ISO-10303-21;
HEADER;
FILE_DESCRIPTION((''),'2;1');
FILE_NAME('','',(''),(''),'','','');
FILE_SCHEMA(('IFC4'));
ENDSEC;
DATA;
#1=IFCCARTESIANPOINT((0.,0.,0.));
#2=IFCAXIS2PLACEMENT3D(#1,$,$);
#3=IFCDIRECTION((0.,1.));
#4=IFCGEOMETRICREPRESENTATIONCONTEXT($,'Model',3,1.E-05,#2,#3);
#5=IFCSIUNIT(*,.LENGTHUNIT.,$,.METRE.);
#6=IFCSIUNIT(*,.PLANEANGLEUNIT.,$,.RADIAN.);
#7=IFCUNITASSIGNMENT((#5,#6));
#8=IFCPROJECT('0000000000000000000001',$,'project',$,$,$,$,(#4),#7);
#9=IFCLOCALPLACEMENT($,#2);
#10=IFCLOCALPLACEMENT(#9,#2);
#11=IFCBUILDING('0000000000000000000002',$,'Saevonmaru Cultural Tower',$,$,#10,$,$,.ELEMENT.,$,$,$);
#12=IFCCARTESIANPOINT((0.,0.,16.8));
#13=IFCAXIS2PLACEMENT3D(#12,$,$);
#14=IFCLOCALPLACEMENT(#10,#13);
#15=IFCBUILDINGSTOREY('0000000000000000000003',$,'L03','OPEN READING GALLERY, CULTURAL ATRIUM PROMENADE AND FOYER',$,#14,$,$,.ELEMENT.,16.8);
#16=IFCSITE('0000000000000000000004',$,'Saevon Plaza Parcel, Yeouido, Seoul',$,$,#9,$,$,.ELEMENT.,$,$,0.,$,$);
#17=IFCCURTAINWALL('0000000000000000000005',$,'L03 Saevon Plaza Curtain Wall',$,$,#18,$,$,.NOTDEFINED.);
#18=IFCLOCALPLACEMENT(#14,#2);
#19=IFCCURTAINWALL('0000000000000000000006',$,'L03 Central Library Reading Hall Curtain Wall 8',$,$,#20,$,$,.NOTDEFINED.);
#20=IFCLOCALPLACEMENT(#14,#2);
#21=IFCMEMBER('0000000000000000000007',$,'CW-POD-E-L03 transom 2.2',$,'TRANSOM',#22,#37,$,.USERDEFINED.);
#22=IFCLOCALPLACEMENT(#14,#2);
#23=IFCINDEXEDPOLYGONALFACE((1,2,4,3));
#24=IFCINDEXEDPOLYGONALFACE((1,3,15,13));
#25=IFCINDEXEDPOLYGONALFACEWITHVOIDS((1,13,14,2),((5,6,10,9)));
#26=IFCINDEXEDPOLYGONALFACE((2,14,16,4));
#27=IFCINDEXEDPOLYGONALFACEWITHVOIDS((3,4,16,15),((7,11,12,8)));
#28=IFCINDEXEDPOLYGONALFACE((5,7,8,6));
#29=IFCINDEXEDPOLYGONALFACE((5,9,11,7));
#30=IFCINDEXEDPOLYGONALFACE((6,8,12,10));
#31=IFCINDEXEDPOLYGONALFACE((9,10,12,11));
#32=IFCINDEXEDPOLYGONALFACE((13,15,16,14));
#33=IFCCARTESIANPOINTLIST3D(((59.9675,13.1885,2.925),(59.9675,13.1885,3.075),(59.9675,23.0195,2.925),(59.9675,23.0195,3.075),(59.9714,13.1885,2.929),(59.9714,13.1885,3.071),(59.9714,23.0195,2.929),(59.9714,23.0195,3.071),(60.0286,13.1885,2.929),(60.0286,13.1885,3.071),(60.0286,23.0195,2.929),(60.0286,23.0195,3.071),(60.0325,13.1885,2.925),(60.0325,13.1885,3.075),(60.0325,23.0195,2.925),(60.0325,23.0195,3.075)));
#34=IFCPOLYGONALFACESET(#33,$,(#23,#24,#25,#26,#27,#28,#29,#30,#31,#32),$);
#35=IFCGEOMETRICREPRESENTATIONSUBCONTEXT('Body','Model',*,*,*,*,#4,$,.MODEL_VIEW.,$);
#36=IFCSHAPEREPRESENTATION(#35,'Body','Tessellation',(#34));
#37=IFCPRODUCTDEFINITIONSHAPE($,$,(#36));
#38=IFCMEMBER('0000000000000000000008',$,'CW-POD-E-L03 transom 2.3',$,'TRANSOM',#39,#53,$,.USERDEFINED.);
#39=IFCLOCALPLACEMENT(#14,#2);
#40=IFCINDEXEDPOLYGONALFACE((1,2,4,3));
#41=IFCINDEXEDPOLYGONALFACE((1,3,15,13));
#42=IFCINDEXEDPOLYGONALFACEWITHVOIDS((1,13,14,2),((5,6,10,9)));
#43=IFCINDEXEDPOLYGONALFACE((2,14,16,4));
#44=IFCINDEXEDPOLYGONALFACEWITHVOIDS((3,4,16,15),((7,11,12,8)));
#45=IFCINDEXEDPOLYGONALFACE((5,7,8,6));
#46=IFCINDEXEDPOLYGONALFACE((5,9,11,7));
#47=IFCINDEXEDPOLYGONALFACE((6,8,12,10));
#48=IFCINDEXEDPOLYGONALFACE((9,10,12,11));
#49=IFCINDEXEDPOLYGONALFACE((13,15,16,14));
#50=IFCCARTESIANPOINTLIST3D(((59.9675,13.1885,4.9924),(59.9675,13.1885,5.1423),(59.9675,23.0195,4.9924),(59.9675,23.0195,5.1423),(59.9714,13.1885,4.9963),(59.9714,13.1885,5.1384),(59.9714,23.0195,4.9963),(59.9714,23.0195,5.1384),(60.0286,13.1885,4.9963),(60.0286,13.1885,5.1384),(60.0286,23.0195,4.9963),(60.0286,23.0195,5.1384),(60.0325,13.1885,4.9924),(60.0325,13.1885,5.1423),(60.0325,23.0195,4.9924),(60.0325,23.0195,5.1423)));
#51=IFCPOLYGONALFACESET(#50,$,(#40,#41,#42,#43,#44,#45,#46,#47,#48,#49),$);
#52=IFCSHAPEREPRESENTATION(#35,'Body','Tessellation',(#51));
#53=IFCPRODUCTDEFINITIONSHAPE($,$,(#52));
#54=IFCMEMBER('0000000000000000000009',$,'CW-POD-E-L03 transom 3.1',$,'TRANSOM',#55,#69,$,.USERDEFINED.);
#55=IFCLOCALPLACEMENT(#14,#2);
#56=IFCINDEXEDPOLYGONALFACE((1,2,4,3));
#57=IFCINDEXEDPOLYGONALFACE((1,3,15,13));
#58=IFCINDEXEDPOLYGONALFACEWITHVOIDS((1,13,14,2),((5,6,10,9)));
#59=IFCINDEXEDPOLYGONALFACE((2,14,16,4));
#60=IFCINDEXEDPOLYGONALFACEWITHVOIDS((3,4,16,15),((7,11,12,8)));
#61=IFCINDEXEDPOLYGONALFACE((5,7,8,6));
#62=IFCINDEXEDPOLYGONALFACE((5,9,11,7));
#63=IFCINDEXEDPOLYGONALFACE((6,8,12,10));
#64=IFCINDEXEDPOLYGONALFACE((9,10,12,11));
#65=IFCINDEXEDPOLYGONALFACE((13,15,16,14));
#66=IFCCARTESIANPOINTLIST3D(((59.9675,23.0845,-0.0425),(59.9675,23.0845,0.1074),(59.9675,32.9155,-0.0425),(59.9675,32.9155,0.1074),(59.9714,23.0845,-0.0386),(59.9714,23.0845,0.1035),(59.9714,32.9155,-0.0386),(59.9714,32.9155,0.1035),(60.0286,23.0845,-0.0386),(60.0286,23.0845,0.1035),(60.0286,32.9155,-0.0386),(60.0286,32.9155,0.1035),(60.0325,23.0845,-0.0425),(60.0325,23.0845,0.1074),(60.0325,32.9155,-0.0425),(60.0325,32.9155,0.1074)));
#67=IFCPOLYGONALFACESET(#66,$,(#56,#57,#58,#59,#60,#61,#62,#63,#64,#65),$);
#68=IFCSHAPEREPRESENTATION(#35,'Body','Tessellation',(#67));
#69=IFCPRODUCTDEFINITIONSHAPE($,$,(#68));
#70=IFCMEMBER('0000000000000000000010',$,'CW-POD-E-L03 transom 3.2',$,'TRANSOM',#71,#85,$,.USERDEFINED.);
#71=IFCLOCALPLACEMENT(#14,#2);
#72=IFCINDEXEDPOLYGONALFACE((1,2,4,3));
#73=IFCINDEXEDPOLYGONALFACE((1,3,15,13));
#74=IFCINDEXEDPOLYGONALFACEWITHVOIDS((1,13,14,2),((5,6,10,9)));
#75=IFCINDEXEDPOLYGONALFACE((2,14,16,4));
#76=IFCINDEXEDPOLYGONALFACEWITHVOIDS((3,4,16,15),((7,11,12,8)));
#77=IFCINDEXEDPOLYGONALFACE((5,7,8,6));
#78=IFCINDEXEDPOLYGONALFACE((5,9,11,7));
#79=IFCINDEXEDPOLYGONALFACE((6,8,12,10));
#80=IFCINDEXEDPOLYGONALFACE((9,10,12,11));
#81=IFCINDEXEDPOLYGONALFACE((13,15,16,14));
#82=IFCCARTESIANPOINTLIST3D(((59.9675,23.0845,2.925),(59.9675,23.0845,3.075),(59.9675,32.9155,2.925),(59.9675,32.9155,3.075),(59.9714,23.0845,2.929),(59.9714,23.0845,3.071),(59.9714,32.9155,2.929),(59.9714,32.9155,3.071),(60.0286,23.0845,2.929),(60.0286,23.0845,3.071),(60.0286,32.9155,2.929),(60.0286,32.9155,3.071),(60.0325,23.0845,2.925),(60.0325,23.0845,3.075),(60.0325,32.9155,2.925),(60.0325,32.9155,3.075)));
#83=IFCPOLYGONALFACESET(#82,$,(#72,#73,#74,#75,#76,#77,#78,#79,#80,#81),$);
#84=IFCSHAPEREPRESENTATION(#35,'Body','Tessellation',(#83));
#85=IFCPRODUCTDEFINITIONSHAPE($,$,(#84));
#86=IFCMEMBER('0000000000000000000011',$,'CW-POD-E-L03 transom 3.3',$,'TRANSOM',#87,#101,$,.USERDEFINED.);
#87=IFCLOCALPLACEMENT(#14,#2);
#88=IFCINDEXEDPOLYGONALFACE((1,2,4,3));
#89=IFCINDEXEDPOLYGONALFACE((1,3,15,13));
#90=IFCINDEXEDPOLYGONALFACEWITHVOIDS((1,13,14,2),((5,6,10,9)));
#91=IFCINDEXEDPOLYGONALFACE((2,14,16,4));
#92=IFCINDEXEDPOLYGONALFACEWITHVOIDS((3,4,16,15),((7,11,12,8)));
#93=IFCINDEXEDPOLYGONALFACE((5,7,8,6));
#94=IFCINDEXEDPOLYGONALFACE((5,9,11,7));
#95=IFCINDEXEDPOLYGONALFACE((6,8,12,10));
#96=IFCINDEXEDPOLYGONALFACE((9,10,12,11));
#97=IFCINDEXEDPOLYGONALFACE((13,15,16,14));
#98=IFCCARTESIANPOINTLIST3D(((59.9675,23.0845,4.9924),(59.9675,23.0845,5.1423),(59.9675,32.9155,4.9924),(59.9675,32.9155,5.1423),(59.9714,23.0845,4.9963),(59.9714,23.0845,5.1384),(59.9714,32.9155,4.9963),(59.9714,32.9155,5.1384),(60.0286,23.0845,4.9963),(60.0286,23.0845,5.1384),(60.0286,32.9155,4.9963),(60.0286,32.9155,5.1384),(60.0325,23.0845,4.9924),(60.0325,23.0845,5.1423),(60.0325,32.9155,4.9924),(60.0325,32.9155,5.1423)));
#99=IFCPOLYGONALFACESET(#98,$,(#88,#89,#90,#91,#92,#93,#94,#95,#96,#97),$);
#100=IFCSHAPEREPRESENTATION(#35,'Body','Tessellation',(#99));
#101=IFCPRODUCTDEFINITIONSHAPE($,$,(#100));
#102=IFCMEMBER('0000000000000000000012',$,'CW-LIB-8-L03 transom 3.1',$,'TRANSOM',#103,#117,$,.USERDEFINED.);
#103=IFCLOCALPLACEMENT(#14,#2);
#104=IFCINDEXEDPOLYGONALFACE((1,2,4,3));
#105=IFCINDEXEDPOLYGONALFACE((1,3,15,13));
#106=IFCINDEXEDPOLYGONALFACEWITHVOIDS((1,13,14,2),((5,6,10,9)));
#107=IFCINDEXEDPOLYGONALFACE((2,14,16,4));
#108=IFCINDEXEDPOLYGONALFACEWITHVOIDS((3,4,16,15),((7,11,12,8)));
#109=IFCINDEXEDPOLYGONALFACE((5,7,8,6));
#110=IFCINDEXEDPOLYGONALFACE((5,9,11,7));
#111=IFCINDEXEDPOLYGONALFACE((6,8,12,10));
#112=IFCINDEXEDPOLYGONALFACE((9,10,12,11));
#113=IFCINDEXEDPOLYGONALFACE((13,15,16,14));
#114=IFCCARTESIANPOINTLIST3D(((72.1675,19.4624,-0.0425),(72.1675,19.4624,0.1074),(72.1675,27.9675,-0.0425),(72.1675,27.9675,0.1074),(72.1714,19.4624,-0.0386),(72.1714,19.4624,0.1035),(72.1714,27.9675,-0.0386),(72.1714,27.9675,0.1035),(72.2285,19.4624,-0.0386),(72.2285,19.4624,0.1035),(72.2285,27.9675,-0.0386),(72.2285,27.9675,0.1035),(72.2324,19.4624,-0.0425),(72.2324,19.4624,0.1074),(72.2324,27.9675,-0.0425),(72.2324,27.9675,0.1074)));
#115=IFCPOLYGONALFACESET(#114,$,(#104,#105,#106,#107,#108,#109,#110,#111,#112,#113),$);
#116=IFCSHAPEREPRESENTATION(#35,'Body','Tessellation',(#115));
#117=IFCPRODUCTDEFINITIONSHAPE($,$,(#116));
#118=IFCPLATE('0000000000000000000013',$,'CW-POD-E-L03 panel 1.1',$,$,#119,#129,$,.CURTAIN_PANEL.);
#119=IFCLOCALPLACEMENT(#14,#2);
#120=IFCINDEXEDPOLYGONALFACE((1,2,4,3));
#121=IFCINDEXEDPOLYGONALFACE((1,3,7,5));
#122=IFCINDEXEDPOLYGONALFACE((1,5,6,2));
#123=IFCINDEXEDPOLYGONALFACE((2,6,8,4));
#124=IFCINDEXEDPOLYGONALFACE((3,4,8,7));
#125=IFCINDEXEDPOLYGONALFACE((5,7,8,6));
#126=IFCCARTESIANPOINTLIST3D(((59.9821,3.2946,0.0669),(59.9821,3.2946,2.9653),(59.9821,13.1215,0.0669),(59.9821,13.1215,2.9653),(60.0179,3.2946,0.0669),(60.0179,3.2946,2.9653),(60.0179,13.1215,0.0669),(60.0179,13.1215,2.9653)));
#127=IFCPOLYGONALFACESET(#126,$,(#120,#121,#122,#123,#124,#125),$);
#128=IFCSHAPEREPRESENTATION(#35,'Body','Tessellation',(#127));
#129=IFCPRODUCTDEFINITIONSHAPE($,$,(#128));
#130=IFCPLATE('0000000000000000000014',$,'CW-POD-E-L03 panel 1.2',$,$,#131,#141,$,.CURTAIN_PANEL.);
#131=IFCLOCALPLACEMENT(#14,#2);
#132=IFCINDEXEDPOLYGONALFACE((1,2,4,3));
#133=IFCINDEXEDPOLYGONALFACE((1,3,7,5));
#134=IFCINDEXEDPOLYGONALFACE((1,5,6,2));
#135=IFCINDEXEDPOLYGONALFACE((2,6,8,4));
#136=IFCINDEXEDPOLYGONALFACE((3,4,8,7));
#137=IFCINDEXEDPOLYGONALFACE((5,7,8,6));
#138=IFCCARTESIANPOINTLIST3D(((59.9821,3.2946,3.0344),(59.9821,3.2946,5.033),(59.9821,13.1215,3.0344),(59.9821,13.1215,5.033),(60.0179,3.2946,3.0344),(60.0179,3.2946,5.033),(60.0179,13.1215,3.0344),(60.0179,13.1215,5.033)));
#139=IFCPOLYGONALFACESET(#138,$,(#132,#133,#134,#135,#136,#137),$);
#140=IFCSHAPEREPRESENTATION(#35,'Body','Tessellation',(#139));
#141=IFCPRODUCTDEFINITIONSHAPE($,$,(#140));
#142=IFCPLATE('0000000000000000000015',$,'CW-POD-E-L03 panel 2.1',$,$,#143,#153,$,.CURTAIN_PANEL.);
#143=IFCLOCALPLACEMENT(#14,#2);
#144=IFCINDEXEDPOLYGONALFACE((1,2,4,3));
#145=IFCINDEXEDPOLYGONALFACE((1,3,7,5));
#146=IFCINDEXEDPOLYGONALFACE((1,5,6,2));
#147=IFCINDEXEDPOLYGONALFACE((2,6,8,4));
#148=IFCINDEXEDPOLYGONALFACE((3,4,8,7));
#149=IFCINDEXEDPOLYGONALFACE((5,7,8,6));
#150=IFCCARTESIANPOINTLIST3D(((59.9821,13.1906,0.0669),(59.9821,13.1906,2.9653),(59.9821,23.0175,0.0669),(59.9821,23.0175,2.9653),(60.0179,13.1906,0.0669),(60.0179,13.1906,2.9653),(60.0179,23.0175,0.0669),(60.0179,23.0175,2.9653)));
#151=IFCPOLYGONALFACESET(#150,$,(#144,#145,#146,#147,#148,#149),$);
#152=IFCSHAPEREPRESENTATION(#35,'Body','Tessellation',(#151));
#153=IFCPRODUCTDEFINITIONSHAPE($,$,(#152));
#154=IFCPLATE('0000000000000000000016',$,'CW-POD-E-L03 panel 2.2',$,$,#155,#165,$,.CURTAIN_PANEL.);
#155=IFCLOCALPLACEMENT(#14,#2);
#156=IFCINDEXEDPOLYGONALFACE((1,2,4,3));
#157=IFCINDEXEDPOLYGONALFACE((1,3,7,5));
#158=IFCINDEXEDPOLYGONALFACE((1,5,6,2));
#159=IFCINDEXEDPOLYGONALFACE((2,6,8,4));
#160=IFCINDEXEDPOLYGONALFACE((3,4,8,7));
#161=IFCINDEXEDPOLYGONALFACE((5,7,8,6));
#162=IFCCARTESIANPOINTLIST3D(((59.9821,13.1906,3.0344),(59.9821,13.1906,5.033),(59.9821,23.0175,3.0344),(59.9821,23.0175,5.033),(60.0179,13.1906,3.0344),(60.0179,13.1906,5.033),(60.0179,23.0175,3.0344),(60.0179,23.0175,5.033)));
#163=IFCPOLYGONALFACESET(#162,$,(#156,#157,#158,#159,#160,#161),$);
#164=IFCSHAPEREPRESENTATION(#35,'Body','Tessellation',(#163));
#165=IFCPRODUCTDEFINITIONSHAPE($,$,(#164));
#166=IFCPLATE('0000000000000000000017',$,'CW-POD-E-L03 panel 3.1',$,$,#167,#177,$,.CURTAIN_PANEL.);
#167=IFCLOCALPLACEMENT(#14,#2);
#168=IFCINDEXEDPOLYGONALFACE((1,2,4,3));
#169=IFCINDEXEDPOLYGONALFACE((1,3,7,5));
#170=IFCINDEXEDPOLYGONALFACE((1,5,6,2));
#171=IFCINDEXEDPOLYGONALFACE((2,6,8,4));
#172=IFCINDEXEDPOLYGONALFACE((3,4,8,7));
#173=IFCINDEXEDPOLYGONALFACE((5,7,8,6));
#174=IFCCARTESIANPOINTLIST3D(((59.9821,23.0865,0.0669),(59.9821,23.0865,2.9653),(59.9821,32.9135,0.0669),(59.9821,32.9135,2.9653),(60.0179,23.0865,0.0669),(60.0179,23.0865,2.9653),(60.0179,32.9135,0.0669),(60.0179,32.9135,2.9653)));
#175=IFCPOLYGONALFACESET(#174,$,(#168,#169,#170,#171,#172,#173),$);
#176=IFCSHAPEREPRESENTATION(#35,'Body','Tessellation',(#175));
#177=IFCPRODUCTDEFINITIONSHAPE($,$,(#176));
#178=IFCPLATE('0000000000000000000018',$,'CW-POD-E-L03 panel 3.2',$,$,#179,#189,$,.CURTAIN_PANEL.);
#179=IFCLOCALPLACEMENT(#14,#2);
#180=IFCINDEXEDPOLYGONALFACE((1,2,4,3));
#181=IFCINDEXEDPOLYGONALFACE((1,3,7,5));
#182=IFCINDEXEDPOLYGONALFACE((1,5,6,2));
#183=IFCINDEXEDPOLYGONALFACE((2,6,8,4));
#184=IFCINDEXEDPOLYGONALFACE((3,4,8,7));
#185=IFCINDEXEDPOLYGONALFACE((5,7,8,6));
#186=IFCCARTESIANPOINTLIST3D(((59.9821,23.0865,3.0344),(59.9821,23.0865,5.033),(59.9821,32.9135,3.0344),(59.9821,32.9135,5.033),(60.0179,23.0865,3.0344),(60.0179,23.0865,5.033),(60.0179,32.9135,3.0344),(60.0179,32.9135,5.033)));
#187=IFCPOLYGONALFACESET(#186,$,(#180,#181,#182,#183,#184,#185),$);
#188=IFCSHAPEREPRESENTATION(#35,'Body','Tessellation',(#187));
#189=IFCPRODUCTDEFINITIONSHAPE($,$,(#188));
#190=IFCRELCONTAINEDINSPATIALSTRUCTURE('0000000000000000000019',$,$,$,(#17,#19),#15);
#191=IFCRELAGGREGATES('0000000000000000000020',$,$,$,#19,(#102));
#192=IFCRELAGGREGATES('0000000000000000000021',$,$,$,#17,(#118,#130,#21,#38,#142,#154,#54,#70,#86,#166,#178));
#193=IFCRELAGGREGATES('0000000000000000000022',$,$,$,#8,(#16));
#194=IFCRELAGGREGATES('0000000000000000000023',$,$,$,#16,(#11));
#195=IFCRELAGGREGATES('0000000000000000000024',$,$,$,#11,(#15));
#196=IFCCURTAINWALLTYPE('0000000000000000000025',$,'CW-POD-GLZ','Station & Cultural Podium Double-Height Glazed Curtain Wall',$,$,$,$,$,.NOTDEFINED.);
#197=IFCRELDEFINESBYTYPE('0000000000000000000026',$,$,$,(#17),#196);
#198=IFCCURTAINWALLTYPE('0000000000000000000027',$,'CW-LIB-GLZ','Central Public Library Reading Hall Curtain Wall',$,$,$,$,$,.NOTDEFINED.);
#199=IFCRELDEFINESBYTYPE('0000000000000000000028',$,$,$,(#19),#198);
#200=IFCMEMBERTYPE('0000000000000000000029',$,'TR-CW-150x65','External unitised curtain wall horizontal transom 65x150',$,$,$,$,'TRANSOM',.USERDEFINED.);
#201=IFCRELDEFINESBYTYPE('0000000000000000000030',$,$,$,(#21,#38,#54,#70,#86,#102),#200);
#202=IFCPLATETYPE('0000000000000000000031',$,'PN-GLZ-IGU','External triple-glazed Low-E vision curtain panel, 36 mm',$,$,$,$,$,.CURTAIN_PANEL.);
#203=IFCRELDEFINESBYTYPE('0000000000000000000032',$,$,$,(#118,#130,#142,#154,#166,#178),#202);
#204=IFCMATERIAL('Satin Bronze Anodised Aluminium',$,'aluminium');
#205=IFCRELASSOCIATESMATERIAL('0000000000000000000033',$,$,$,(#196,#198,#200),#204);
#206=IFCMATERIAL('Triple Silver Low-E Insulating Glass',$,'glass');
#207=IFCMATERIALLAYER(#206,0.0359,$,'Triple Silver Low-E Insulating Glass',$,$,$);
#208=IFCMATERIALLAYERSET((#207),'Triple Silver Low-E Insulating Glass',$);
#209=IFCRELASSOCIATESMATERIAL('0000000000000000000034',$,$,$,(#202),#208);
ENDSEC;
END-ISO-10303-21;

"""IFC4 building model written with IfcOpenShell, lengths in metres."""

from ifc_helpers import new_model, si_unit, direction, frame, origin, origin_2d, place, context, subcontext, project, spatial, rectangle, hollow_rectangle, extrude, material, layer, layer_set, material_profile, profile_set, type_object, element, aggregate, save


model = new_model("IFC4")

# Units and contexts
model_context = context("Model", 3, precision=1e-05, world=origin(), true_north=direction((0.0, 1.0)))
body_context = subcontext(model_context, "Body", "Model", "MODEL_VIEW")
ifc_project = project(units=[si_unit("LENGTHUNIT", "METRE"), si_unit("PLANEANGLEUNIT", "RADIAN")], contexts=[model_context])

# Site, building, storey
site_placement = place(None, origin())
site = spatial("IfcSite", under=ifc_project, at=site_placement, Name="Saevon Plaza Parcel, Yeouido, Seoul", CompositionType="ELEMENT", RefElevation=0.0)
building_placement = place(site_placement, origin())
building = spatial("IfcBuilding", under=site, at=building_placement, Name="Saevonmaru Cultural Tower", CompositionType="ELEMENT")
storey_placement = place(building_placement, frame((0.0, 0.0, 16.8)))
storey = spatial("IfcBuildingStorey", under=building, at=storey_placement, Name="L03", Description="OPEN READING GALLERY, CULTURAL ATRIUM PROMENADE AND FOYER", CompositionType="ELEMENT", Elevation=16.8)

# Shared definitions
ifc_material_1 = material(Name="Satin Bronze Anodised Aluminium", Category="aluminium")
curtain_wall_type_1 = type_object("IfcCurtainWallType", Name="CW-POD-GLZ", Description="Station & Cultural Podium Double-Height Glazed Curtain Wall", PredefinedType="NOTDEFINED", material=ifc_material_1)

# Curtain walls
curtain_wall_1_placement = place(storey_placement, origin())
curtain_wall_1 = element("IfcCurtainWall", 1, at=curtain_wall_1_placement, inside=storey, type_object=curtain_wall_type_1, Name="L03 Saevon Plaza Curtain Wall", PredefinedType="NOTDEFINED")
curtain_wall_type_2 = type_object("IfcCurtainWallType", Name="CW-LIB-GLZ", Description="Central Public Library Reading Hall Curtain Wall", PredefinedType="NOTDEFINED", material=ifc_material_1)
curtain_wall_2_placement = place(storey_placement, origin())
curtain_wall_2 = element("IfcCurtainWall", 2, at=curtain_wall_2_placement, inside=storey, type_object=curtain_wall_type_2, Name="L03 Central Library Reading Hall Curtain Wall 8", PredefinedType="NOTDEFINED")

# Members
ifc_material_profile_1 = material_profile(ifc_material_1, hollow_rectangle(XDim=0.0649, YDim=0.1499, WallThickness=0.0039, at=origin_2d()), Name="ALU-TRAN-150x65x4")
ifc_profile_set_1 = profile_set([ifc_material_profile_1], Name="Satin Bronze Anodised Aluminium")
member_type_1 = type_object("IfcMemberType", Name="TR-CW-150x65", Description="External unitised curtain wall horizontal transom 65x150", ElementType="TRANSOM", PredefinedType="USERDEFINED", material=ifc_profile_set_1)
member_1_placement = place(storey_placement, frame((60.0, 13.1885, 3.0), z_axis=(0.0, 1.0, 0.0), x_axis=(-1.0, 0.0, 0.0)))
member_1 = element("IfcMember", 3, at=member_1_placement, type_object=member_type_1, Name="CW-POD-E-L03 transom 2.2", ObjectType="TRANSOM", PredefinedType="USERDEFINED", context=body_context, shape_type="SweptSolid", body=[
    extrude(hollow_rectangle(XDim=0.0649, YDim=0.1499, WallThickness=0.0039, at=origin_2d()), origin(), (0.0, 0.0, 1.0), 9.8311),
])
member_2_placement = place(storey_placement, frame((60.0, 13.1885, 5.0674), z_axis=(0.0, 1.0, 0.0), x_axis=(-1.0, 0.0, 0.0)))
member_2 = element("IfcMember", 4, at=member_2_placement, type_object=member_type_1, Name="CW-POD-E-L03 transom 2.3", ObjectType="TRANSOM", PredefinedType="USERDEFINED", context=body_context, shape_type="SweptSolid", body=[
    extrude(hollow_rectangle(XDim=0.0649, YDim=0.1499, WallThickness=0.0039, at=origin_2d()), origin(), (0.0, 0.0, 1.0), 9.8311),
])
member_3_placement = place(storey_placement, frame((60.0, 23.0845, 0.0325), z_axis=(0.0, 1.0, 0.0), x_axis=(-1.0, 0.0, 0.0)))
member_3 = element("IfcMember", 5, at=member_3_placement, type_object=member_type_1, Name="CW-POD-E-L03 transom 3.1", ObjectType="TRANSOM", PredefinedType="USERDEFINED", context=body_context, shape_type="SweptSolid", body=[
    extrude(hollow_rectangle(XDim=0.0649, YDim=0.1499, WallThickness=0.0039, at=origin_2d()), origin(), (0.0, 0.0, 1.0), 9.8311),
])
member_4_placement = place(storey_placement, frame((60.0, 23.0845, 3.0), z_axis=(0.0, 1.0, 0.0), x_axis=(-1.0, 0.0, 0.0)))
member_4 = element("IfcMember", 6, at=member_4_placement, type_object=member_type_1, Name="CW-POD-E-L03 transom 3.2", ObjectType="TRANSOM", PredefinedType="USERDEFINED", context=body_context, shape_type="SweptSolid", body=[
    extrude(hollow_rectangle(XDim=0.0649, YDim=0.1499, WallThickness=0.0039, at=origin_2d()), origin(), (0.0, 0.0, 1.0), 9.8311),
])
member_5_placement = place(storey_placement, frame((60.0, 23.0845, 5.0674), z_axis=(0.0, 1.0, 0.0), x_axis=(-1.0, 0.0, 0.0)))
member_5 = element("IfcMember", 7, at=member_5_placement, type_object=member_type_1, Name="CW-POD-E-L03 transom 3.3", ObjectType="TRANSOM", PredefinedType="USERDEFINED", context=body_context, shape_type="SweptSolid", body=[
    extrude(hollow_rectangle(XDim=0.0649, YDim=0.1499, WallThickness=0.0039, at=origin_2d()), origin(), (0.0, 0.0, 1.0), 9.8311),
])
member_6_placement = place(storey_placement, frame((72.2, 27.9675, 0.0325), z_axis=(0.0, -1.0, 0.0), x_axis=(1.0, 0.0, 0.0)))
member_6 = element("IfcMember", 8, at=member_6_placement, type_object=member_type_1, Name="CW-LIB-8-L03 transom 3.1", ObjectType="TRANSOM", PredefinedType="USERDEFINED", context=body_context, shape_type="SweptSolid", body=[
    extrude(hollow_rectangle(XDim=0.0649, YDim=0.1499, WallThickness=0.0039, at=origin_2d()), origin(), (0.0, 0.0, 1.0), 8.5051),
])
aggregate(curtain_wall_2, [member_6])

# Plates
ifc_material_2 = material(Name="Triple Silver Low-E Insulating Glass", Category="glass")
ifc_layer_1 = layer(ifc_material_2, 0.0359, Name="Triple Silver Low-E Insulating Glass")
ifc_layer_set_1 = layer_set([ifc_layer_1], Name="Triple Silver Low-E Insulating Glass")
plate_type = type_object("IfcPlateType", Name="PN-GLZ-IGU", Description="External triple-glazed Low-E vision curtain panel, 36 mm", PredefinedType="CURTAIN_PANEL", material=ifc_layer_set_1)
plate_1_placement = place(storey_placement, frame((60.0, 8.208, 0.0669), z_axis=(0.0, 0.0, 1.0), x_axis=(0.0, 1.0, 0.0)))
plate_1 = element("IfcPlate", 9, at=plate_1_placement, type_object=plate_type, Name="CW-POD-E-L03 panel 1.1", PredefinedType="CURTAIN_PANEL", context=body_context, shape_type="SweptSolid", body=[
    extrude(rectangle(XDim=9.8269, YDim=0.0359, at=origin_2d()), origin(), (0.0, 0.0, 1.0), 2.8984),
])
plate_2_placement = place(storey_placement, frame((60.0, 8.208, 3.0344), z_axis=(0.0, 0.0, 1.0), x_axis=(0.0, 1.0, 0.0)))
plate_2 = element("IfcPlate", 10, at=plate_2_placement, type_object=plate_type, Name="CW-POD-E-L03 panel 1.2", PredefinedType="CURTAIN_PANEL", context=body_context, shape_type="SweptSolid", body=[
    extrude(rectangle(XDim=9.8269, YDim=0.0359, at=origin_2d()), origin(), (0.0, 0.0, 1.0), 1.9985),
])
plate_3_placement = place(storey_placement, frame((60.0, 18.104, 0.0669), z_axis=(0.0, 0.0, 1.0), x_axis=(0.0, 1.0, 0.0)))
plate_3 = element("IfcPlate", 11, at=plate_3_placement, type_object=plate_type, Name="CW-POD-E-L03 panel 2.1", PredefinedType="CURTAIN_PANEL", context=body_context, shape_type="SweptSolid", body=[
    extrude(rectangle(XDim=9.8269, YDim=0.0359, at=origin_2d()), origin(), (0.0, 0.0, 1.0), 2.8984),
])
plate_4_placement = place(storey_placement, frame((60.0, 18.104, 3.0344), z_axis=(0.0, 0.0, 1.0), x_axis=(0.0, 1.0, 0.0)))
plate_4 = element("IfcPlate", 12, at=plate_4_placement, type_object=plate_type, Name="CW-POD-E-L03 panel 2.2", PredefinedType="CURTAIN_PANEL", context=body_context, shape_type="SweptSolid", body=[
    extrude(rectangle(XDim=9.8269, YDim=0.0359, at=origin_2d()), origin(), (0.0, 0.0, 1.0), 1.9985),
])
plate_5_placement = place(storey_placement, frame((60.0, 28.0, 0.0669), z_axis=(0.0, 0.0, 1.0), x_axis=(0.0, 1.0, 0.0)))
plate_5 = element("IfcPlate", 13, at=plate_5_placement, type_object=plate_type, Name="CW-POD-E-L03 panel 3.1", PredefinedType="CURTAIN_PANEL", context=body_context, shape_type="SweptSolid", body=[
    extrude(rectangle(XDim=9.8269, YDim=0.0359, at=origin_2d()), origin(), (0.0, 0.0, 1.0), 2.8984),
])
plate_6_placement = place(storey_placement, frame((60.0, 28.0, 3.0344), z_axis=(0.0, 0.0, 1.0), x_axis=(0.0, 1.0, 0.0)))
plate_6 = element("IfcPlate", 14, at=plate_6_placement, type_object=plate_type, Name="CW-POD-E-L03 panel 3.2", PredefinedType="CURTAIN_PANEL", context=body_context, shape_type="SweptSolid", body=[
    extrude(rectangle(XDim=9.8269, YDim=0.0359, at=origin_2d()), origin(), (0.0, 0.0, 1.0), 1.9985),
])
aggregate(curtain_wall_1, [plate_1, plate_2, member_1, member_2, plate_3, plate_4, member_3, member_4, member_5, plate_5, plate_6])

save(model, "model.ifc")
